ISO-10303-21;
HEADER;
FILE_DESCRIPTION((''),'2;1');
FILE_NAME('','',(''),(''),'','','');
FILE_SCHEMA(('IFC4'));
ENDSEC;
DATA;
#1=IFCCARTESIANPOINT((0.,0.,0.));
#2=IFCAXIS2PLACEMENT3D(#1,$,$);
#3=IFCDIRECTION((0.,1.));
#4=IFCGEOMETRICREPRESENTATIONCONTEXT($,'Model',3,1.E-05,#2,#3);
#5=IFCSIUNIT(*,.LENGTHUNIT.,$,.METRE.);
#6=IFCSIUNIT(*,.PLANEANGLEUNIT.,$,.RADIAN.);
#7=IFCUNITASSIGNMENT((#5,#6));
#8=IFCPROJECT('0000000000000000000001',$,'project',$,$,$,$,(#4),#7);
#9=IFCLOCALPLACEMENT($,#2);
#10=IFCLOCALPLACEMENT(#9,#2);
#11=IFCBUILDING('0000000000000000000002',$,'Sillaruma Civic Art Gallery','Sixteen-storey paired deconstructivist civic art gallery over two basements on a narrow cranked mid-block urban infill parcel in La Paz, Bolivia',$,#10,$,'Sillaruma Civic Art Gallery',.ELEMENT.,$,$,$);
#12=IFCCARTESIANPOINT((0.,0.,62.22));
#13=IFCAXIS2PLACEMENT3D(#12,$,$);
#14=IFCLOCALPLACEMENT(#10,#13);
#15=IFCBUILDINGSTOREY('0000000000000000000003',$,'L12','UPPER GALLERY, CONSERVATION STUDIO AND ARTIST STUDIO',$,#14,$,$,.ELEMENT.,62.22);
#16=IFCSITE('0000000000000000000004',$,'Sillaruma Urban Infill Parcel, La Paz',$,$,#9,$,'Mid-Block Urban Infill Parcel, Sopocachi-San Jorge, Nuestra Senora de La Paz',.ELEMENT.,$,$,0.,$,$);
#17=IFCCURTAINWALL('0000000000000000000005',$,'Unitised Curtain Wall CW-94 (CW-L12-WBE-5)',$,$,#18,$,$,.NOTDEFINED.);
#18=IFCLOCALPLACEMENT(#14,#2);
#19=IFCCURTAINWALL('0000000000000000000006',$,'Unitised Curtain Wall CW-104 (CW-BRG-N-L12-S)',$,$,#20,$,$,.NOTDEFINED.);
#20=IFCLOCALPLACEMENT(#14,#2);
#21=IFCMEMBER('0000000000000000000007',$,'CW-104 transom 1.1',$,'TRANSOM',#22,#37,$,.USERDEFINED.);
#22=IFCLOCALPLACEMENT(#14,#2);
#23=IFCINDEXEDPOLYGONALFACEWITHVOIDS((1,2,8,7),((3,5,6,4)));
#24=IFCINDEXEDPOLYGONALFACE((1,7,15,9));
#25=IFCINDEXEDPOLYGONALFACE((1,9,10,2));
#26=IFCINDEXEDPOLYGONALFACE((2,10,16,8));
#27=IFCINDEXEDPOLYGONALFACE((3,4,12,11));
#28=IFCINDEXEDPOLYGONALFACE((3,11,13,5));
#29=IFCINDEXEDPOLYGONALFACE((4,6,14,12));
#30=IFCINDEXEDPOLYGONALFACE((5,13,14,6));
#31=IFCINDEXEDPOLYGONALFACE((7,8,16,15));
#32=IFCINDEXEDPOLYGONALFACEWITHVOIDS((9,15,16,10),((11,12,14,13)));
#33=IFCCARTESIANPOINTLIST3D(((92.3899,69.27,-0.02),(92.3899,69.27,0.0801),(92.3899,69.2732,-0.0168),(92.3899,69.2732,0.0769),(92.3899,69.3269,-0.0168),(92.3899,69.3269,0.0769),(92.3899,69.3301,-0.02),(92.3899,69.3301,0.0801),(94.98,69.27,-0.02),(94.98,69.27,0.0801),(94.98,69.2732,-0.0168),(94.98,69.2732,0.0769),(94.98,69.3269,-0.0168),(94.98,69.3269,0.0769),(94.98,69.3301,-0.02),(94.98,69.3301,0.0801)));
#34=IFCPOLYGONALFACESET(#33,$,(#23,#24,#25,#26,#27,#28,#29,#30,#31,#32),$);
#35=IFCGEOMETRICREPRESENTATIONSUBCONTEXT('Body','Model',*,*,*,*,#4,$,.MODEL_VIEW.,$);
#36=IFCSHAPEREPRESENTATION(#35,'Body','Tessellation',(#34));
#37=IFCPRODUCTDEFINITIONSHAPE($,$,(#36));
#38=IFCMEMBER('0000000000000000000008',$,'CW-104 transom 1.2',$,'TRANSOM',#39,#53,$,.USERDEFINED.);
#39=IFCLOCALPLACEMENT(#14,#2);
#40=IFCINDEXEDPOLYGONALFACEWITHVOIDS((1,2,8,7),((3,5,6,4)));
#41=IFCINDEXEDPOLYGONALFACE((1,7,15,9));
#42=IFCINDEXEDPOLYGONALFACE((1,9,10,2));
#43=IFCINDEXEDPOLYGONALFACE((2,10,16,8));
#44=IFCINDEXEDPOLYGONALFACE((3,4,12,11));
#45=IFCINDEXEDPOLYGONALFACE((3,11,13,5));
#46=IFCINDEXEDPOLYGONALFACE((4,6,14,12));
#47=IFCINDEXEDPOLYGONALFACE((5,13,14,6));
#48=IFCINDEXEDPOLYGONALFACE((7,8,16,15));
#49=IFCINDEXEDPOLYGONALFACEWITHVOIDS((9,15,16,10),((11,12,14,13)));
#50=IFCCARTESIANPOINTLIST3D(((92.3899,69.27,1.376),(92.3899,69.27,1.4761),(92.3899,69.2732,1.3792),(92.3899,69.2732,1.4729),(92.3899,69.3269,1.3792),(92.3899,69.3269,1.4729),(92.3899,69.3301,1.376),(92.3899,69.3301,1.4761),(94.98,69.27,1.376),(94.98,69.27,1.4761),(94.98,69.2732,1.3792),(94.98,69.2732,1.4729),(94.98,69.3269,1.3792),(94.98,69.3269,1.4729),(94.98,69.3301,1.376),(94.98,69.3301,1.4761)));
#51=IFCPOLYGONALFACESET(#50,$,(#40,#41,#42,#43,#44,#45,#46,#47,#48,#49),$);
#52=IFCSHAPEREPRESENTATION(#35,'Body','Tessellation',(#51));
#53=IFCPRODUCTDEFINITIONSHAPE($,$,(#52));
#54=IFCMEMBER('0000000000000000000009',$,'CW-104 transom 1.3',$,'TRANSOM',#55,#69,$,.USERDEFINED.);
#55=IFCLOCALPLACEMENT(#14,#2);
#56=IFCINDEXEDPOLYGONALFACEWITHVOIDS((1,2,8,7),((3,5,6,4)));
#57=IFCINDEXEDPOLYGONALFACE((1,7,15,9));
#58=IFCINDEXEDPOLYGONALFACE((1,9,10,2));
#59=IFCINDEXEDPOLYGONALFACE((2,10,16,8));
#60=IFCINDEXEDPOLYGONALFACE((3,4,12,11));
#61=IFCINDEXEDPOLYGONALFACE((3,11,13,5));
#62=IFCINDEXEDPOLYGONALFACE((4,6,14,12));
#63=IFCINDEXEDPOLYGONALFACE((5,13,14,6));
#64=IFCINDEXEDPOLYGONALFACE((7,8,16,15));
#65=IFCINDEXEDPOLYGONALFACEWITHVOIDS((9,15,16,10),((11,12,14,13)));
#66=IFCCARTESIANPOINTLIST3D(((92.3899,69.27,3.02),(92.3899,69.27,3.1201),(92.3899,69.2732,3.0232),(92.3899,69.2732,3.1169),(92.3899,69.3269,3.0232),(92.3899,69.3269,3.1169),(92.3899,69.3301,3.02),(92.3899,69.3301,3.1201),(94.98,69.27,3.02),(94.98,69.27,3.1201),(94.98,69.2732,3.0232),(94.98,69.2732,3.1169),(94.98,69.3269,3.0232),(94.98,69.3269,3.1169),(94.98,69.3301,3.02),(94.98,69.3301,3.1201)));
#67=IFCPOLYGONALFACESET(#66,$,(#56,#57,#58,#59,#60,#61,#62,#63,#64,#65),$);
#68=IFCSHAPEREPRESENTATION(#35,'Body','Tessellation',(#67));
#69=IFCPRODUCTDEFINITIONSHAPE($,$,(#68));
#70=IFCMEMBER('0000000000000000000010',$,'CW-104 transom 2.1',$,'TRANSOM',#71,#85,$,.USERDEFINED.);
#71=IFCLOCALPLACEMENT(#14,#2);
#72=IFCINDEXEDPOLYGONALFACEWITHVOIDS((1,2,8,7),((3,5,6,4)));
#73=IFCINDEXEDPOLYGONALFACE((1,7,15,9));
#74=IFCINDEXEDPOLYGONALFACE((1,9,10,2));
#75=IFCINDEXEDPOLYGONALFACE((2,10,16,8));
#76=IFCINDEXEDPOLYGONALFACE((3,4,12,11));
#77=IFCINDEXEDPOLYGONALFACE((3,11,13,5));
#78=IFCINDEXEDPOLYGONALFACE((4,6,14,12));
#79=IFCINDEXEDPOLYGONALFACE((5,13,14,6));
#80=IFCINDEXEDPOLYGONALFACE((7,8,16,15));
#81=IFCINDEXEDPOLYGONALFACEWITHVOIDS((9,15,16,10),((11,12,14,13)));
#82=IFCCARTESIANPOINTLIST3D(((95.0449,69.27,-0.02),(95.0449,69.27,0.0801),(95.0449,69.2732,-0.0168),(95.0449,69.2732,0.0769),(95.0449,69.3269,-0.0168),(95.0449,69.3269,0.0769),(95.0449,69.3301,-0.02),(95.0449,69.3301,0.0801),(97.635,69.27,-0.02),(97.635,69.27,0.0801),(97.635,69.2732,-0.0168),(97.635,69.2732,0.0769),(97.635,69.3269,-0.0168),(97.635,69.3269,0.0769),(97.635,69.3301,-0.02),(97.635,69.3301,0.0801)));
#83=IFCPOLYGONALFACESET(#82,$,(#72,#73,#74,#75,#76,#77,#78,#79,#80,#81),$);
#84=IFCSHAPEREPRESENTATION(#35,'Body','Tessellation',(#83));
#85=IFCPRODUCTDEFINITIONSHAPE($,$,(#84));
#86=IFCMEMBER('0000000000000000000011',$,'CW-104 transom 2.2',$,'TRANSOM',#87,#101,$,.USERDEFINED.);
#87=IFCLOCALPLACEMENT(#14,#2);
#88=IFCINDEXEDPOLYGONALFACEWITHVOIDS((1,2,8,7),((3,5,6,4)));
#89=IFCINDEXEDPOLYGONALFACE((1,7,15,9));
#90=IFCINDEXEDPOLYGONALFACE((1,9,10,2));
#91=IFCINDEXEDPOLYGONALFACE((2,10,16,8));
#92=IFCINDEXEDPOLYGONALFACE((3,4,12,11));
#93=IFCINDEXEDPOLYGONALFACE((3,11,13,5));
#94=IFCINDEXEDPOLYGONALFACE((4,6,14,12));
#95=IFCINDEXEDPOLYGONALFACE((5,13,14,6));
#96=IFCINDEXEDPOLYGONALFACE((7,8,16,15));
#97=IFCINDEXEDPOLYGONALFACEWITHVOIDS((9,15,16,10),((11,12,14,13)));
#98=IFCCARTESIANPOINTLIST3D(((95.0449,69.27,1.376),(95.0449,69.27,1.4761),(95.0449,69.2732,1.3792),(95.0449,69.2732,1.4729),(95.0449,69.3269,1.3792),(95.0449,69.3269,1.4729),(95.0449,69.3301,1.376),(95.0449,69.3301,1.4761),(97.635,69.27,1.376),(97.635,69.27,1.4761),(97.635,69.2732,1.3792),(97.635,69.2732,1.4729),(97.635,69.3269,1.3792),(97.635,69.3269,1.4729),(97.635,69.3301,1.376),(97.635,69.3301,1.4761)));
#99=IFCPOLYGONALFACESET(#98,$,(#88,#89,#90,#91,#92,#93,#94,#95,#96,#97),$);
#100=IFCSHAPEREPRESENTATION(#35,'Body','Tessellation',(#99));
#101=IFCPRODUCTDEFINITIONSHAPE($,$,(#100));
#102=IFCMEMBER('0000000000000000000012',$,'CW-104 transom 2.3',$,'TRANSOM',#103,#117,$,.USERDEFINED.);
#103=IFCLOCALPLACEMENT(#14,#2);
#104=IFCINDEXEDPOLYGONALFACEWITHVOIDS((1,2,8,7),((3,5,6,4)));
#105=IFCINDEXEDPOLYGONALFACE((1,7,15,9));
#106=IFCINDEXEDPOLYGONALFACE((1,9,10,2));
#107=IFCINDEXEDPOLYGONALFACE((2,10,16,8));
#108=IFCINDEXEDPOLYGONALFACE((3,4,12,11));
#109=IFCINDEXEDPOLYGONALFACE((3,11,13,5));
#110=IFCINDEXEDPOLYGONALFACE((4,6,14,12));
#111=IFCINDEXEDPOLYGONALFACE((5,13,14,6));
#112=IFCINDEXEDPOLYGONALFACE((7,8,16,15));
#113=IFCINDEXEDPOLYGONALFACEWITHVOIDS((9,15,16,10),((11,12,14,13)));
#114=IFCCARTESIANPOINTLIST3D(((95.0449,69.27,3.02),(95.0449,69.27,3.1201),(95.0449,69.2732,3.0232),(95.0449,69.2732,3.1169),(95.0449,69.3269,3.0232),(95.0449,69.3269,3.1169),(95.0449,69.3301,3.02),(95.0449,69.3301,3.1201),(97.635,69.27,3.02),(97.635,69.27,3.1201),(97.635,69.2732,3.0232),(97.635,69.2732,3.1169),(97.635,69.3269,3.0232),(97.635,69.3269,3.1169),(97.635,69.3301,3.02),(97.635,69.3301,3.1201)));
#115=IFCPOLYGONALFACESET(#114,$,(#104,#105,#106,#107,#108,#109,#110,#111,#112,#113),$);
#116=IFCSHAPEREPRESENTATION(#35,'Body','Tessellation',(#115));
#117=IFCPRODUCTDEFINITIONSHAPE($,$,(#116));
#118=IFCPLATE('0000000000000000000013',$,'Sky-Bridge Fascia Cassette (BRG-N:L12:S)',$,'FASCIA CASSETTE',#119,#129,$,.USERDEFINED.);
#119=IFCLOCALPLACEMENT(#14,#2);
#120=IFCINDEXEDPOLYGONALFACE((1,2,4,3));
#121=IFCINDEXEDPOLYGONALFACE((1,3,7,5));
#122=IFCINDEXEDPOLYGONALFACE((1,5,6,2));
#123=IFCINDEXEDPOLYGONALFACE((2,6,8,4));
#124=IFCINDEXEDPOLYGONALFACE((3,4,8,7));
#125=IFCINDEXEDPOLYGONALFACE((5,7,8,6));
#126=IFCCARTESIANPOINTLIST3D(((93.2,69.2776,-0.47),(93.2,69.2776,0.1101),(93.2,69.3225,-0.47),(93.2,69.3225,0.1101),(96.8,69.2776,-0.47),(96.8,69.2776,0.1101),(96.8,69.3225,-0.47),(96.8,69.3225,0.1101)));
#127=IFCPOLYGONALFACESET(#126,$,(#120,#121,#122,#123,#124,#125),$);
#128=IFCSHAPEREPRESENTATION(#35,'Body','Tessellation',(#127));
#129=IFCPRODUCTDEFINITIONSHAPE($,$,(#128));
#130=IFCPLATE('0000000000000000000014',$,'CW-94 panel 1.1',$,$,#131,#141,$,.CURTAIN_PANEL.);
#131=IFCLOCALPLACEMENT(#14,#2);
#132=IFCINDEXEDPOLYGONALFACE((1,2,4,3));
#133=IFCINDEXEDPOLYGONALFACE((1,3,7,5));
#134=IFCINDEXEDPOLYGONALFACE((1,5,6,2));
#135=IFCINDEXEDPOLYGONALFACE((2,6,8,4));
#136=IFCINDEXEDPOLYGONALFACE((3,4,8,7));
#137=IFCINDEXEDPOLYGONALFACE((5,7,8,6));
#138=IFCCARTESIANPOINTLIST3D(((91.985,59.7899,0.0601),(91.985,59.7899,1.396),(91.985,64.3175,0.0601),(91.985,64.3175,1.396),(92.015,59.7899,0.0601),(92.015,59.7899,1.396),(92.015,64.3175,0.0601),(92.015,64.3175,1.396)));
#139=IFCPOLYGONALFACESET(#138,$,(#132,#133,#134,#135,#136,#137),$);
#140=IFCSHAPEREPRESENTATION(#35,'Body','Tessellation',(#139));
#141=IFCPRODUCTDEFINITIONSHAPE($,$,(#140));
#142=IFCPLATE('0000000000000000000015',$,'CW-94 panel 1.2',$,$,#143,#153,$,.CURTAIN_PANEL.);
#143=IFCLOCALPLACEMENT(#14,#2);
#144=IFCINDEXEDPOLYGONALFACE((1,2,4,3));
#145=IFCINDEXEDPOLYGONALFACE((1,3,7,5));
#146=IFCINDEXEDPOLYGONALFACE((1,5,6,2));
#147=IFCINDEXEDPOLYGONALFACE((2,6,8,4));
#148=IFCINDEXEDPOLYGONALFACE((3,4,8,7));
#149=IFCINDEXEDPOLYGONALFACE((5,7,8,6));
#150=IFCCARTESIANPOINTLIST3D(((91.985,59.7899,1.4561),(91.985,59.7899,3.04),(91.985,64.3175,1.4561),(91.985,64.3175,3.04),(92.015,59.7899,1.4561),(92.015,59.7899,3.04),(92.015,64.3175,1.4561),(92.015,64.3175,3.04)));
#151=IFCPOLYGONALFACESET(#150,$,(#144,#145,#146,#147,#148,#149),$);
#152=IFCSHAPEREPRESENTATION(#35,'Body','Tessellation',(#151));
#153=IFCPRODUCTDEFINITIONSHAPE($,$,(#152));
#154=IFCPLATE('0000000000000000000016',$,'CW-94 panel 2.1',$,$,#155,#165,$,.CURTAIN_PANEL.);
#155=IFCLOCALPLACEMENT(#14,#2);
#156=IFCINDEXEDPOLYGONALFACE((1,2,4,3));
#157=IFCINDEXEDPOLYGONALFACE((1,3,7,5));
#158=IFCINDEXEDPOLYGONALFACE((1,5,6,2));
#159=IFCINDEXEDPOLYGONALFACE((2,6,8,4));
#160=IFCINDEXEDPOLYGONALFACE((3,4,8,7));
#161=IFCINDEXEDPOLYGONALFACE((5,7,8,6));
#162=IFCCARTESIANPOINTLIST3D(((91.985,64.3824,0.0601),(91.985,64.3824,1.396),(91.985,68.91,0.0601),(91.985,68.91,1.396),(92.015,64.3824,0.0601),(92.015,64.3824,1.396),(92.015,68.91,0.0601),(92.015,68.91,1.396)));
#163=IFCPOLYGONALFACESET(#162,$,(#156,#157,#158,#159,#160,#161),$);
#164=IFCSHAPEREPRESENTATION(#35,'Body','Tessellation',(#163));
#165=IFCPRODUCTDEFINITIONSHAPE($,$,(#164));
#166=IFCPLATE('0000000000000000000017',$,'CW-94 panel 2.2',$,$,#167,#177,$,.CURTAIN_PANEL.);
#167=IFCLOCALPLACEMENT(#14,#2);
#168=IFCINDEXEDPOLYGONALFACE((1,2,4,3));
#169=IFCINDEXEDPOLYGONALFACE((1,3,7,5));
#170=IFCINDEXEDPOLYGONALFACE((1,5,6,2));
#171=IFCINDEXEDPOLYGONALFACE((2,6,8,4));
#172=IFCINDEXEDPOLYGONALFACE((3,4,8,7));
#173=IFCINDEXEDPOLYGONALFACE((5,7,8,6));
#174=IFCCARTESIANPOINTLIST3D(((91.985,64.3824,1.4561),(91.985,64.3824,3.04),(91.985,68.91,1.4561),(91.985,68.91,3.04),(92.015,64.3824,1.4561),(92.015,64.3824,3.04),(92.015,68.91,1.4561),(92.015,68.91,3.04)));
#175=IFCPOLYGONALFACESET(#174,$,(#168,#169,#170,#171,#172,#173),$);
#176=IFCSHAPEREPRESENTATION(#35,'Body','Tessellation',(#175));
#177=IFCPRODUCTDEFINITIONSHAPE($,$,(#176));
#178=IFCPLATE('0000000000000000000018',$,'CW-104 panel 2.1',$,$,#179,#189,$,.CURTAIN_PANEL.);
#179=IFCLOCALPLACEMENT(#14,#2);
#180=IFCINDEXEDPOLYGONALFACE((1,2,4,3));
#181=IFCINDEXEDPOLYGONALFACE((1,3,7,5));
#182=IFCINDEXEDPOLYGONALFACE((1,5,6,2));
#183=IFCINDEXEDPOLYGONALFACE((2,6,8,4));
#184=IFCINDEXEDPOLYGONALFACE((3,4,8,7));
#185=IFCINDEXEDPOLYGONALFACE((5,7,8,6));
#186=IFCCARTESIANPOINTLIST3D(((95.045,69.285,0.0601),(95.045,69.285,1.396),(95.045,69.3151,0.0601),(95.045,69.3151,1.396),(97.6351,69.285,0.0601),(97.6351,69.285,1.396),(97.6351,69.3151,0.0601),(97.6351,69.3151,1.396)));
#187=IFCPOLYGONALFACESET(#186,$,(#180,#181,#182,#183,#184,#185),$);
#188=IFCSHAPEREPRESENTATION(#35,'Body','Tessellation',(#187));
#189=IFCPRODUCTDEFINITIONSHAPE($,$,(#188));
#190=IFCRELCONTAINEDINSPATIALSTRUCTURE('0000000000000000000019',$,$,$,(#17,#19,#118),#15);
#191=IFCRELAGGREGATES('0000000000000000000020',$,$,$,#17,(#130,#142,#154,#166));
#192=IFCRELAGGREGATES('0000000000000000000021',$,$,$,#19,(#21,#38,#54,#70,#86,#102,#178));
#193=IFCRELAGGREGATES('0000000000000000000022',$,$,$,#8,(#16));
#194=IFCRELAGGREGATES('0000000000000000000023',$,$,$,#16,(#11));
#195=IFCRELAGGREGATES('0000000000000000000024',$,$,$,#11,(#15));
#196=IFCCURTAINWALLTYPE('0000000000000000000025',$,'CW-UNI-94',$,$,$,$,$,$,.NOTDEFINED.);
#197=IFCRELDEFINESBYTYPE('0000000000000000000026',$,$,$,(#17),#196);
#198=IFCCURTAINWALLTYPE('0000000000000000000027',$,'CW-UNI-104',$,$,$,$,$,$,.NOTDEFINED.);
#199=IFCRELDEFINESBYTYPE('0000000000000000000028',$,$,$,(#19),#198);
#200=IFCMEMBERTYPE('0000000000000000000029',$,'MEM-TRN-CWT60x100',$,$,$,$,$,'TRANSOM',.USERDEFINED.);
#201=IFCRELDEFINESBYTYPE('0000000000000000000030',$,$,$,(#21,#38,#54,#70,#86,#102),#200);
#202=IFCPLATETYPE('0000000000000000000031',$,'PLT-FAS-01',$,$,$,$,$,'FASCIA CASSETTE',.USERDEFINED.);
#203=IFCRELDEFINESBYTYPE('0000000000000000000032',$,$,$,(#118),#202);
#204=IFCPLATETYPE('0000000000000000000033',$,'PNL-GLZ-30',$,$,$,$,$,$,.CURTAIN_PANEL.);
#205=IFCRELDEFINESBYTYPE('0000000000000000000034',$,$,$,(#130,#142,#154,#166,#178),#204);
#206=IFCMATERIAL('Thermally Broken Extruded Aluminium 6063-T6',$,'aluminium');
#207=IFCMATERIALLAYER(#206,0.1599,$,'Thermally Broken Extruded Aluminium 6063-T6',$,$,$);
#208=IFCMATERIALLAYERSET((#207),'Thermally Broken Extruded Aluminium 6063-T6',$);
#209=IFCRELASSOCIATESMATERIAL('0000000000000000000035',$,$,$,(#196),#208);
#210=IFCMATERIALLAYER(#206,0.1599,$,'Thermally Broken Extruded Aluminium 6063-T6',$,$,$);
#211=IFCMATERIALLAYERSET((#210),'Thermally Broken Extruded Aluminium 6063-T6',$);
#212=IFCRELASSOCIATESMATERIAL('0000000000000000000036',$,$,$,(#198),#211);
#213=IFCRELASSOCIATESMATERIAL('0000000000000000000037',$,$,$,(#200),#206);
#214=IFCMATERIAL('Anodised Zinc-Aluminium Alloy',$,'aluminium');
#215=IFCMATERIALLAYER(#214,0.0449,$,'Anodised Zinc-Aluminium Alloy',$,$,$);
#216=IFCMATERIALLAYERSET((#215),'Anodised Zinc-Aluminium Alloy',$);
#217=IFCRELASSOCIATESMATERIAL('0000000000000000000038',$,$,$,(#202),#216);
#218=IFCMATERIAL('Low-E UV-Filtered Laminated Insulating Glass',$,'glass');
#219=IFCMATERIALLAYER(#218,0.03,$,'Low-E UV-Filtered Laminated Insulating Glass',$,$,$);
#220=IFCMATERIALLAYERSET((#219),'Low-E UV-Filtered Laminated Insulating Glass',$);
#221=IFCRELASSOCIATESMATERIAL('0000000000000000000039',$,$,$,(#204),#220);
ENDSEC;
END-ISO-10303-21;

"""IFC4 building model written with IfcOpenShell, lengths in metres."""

from ifc_helpers import new_model, si_unit, direction, frame, origin, origin_2d, place, context, subcontext, project, spatial, rectangle, hollow_rectangle, extrude, material, layer, layer_set, material_profile, profile_set, type_object, element, aggregate, save


model = new_model("IFC4")

# Units and contexts
model_context = context("Model", 3, precision=1e-05, world=origin(), true_north=direction((0.0, 1.0)))
body_context = subcontext(model_context, "Body", "Model", "MODEL_VIEW")
ifc_project = project(units=[si_unit("LENGTHUNIT", "METRE"), si_unit("PLANEANGLEUNIT", "RADIAN")], contexts=[model_context])

# Site, building, storey
site_placement = place(None, origin())
site = spatial("IfcSite", under=ifc_project, at=site_placement, Name="Sillaruma Urban Infill Parcel, La Paz", LongName="Mid-Block Urban Infill Parcel, Sopocachi-San Jorge, Nuestra Senora de La Paz", CompositionType="ELEMENT", RefElevation=0.0)
building_placement = place(site_placement, origin())
building = spatial("IfcBuilding", under=site, at=building_placement, Name="Sillaruma Civic Art Gallery", Description="Sixteen-storey paired deconstructivist civic art gallery over two basements on a narrow cranked mid-block urban infill parcel in La Paz, Bolivia", LongName="Sillaruma Civic Art Gallery", CompositionType="ELEMENT")
storey_placement = place(building_placement, frame((0.0, 0.0, 62.22)))
storey = spatial("IfcBuildingStorey", under=building, at=storey_placement, Name="L12", Description="UPPER GALLERY, CONSERVATION STUDIO AND ARTIST STUDIO", CompositionType="ELEMENT", Elevation=62.22)

# Shared definitions
ifc_material_1 = material(Name="Thermally Broken Extruded Aluminium 6063-T6", Category="aluminium")

# Curtain walls
ifc_layer_1 = layer(ifc_material_1, 0.1599, Name="Thermally Broken Extruded Aluminium 6063-T6")
ifc_layer_set_1 = layer_set([ifc_layer_1], Name="Thermally Broken Extruded Aluminium 6063-T6")
curtain_wall_type_1 = type_object("IfcCurtainWallType", Name="CW-UNI-94", PredefinedType="NOTDEFINED", material=ifc_layer_set_1)
curtain_wall_1_placement = place(storey_placement, origin())
curtain_wall_1 = element("IfcCurtainWall", 1, at=curtain_wall_1_placement, inside=storey, type_object=curtain_wall_type_1, Name="Unitised Curtain Wall CW-94 (CW-L12-WBE-5)", PredefinedType="NOTDEFINED")
ifc_layer_2 = layer(ifc_material_1, 0.1599, Name="Thermally Broken Extruded Aluminium 6063-T6")
ifc_layer_set_2 = layer_set([ifc_layer_2], Name="Thermally Broken Extruded Aluminium 6063-T6")
curtain_wall_type_2 = type_object("IfcCurtainWallType", Name="CW-UNI-104", PredefinedType="NOTDEFINED", material=ifc_layer_set_2)
curtain_wall_2_placement = place(storey_placement, origin())
curtain_wall_2 = element("IfcCurtainWall", 2, at=curtain_wall_2_placement, inside=storey, type_object=curtain_wall_type_2, Name="Unitised Curtain Wall CW-104 (CW-BRG-N-L12-S)", PredefinedType="NOTDEFINED")

# Members
ifc_material_profile_1 = material_profile(ifc_material_1, hollow_rectangle(XDim=0.0601, YDim=0.1001, WallThickness=0.0032, at=origin_2d()), Name="CWT60x100")
ifc_profile_set_1 = profile_set([ifc_material_profile_1], Name="Thermally Broken Extruded Aluminium 6063-T6")
member_type_1 = type_object("IfcMemberType", Name="MEM-TRN-CWT60x100", ElementType="TRANSOM", PredefinedType="USERDEFINED", material=ifc_profile_set_1)
member_1_placement = place(storey_placement, frame((92.3899, 69.3, 0.03), z_axis=(1.0, 0.0, 0.0), x_axis=(0.0, 1.0, 0.0)))
member_1 = element("IfcMember", 3, at=member_1_placement, type_object=member_type_1, Name="CW-104 transom 1.1", ObjectType="TRANSOM", PredefinedType="USERDEFINED", context=body_context, shape_type="SweptSolid", body=[
    extrude(hollow_rectangle(XDim=0.0601, YDim=0.1001, WallThickness=0.0032, at=origin_2d()), origin(), (0.0, 0.0, 1.0), 2.5901),
])
member_2_placement = place(storey_placement, frame((92.3899, 69.3, 1.426), z_axis=(1.0, 0.0, 0.0), x_axis=(0.0, 1.0, 0.0)))
member_2 = element("IfcMember", 4, at=member_2_placement, type_object=member_type_1, Name="CW-104 transom 1.2", ObjectType="TRANSOM", PredefinedType="USERDEFINED", context=body_context, shape_type="SweptSolid", body=[
    extrude(hollow_rectangle(XDim=0.0601, YDim=0.1001, WallThickness=0.0032, at=origin_2d()), origin(), (0.0, 0.0, 1.0), 2.5901),
])
member_3_placement = place(storey_placement, frame((92.3899, 69.3, 3.0701), z_axis=(1.0, 0.0, 0.0), x_axis=(0.0, 1.0, 0.0)))
member_3 = element("IfcMember", 5, at=member_3_placement, type_object=member_type_1, Name="CW-104 transom 1.3", ObjectType="TRANSOM", PredefinedType="USERDEFINED", context=body_context, shape_type="SweptSolid", body=[
    extrude(hollow_rectangle(XDim=0.0601, YDim=0.1001, WallThickness=0.0032, at=origin_2d()), origin(), (0.0, 0.0, 1.0), 2.5901),
])
member_4_placement = place(storey_placement, frame((95.0449, 69.3, 0.03), z_axis=(1.0, 0.0, 0.0), x_axis=(0.0, 1.0, 0.0)))
member_4 = element("IfcMember", 6, at=member_4_placement, type_object=member_type_1, Name="CW-104 transom 2.1", ObjectType="TRANSOM", PredefinedType="USERDEFINED", context=body_context, shape_type="SweptSolid", body=[
    extrude(hollow_rectangle(XDim=0.0601, YDim=0.1001, WallThickness=0.0032, at=origin_2d()), origin(), (0.0, 0.0, 1.0), 2.5901),
])
member_5_placement = place(storey_placement, frame((95.0449, 69.3, 1.426), z_axis=(1.0, 0.0, 0.0), x_axis=(0.0, 1.0, 0.0)))
member_5 = element("IfcMember", 7, at=member_5_placement, type_object=member_type_1, Name="CW-104 transom 2.2", ObjectType="TRANSOM", PredefinedType="USERDEFINED", context=body_context, shape_type="SweptSolid", body=[
    extrude(hollow_rectangle(XDim=0.0601, YDim=0.1001, WallThickness=0.0032, at=origin_2d()), origin(), (0.0, 0.0, 1.0), 2.5901),
])
member_6_placement = place(storey_placement, frame((95.0449, 69.3, 3.0701), z_axis=(1.0, 0.0, 0.0), x_axis=(0.0, 1.0, 0.0)))
member_6 = element("IfcMember", 8, at=member_6_placement, type_object=member_type_1, Name="CW-104 transom 2.3", ObjectType="TRANSOM", PredefinedType="USERDEFINED", context=body_context, shape_type="SweptSolid", body=[
    extrude(hollow_rectangle(XDim=0.0601, YDim=0.1001, WallThickness=0.0032, at=origin_2d()), origin(), (0.0, 0.0, 1.0), 2.5901),
])

# Plates
ifc_material_2 = material(Name="Anodised Zinc-Aluminium Alloy", Category="aluminium")
ifc_layer_3 = layer(ifc_material_2, 0.0449, Name="Anodised Zinc-Aluminium Alloy")
ifc_layer_set_3 = layer_set([ifc_layer_3], Name="Anodised Zinc-Aluminium Alloy")
plate_type_1 = type_object("IfcPlateType", Name="PLT-FAS-01", ElementType="FASCIA CASSETTE", PredefinedType="USERDEFINED", material=ifc_layer_set_3)
plate_1_placement = place(storey_placement, frame((95.0, 69.3, -0.47), z_axis=(0.0, 0.0, 1.0), x_axis=(1.0, 0.0, 0.0)))
element("IfcPlate", 9, at=plate_1_placement, inside=storey, type_object=plate_type_1, Name="Sky-Bridge Fascia Cassette (BRG-N:L12:S)", ObjectType="FASCIA CASSETTE", PredefinedType="USERDEFINED", context=body_context, shape_type="SweptSolid", body=[
    extrude(rectangle(XDim=3.6001, YDim=0.0449, at=origin_2d()), origin(), (0.0, 0.0, 1.0), 0.5801),
])
ifc_material_3 = material(Name="Low-E UV-Filtered Laminated Insulating Glass", Category="glass")
ifc_layer_4 = layer(ifc_material_3, 0.03, Name="Low-E UV-Filtered Laminated Insulating Glass")
ifc_layer_set_4 = layer_set([ifc_layer_4], Name="Low-E UV-Filtered Laminated Insulating Glass")
plate_type_2 = type_object("IfcPlateType", Name="PNL-GLZ-30", PredefinedType="CURTAIN_PANEL", material=ifc_layer_set_4)
plate_2_placement = place(storey_placement, frame((92.0, 62.0537, 0.0601), z_axis=(0.0, 0.0, 1.0), x_axis=(0.0, 1.0, 0.0)))
plate_2 = element("IfcPlate", 10, at=plate_2_placement, type_object=plate_type_2, Name="CW-94 panel 1.1", PredefinedType="CURTAIN_PANEL", context=body_context, shape_type="SweptSolid", body=[
    extrude(rectangle(XDim=4.5276, YDim=0.03, at=origin_2d()), origin(), (0.0, 0.0, 1.0), 1.3359),
])
plate_3_placement = place(storey_placement, frame((92.0, 62.0537, 1.4561), z_axis=(0.0, 0.0, 1.0), x_axis=(0.0, 1.0, 0.0)))
plate_3 = element("IfcPlate", 11, at=plate_3_placement, type_object=plate_type_2, Name="CW-94 panel 1.2", PredefinedType="CURTAIN_PANEL", context=body_context, shape_type="SweptSolid", body=[
    extrude(rectangle(XDim=4.5276, YDim=0.03, at=origin_2d()), origin(), (0.0, 0.0, 1.0), 1.584),
])
plate_4_placement = place(storey_placement, frame((92.0, 66.6462, 0.0601), z_axis=(0.0, 0.0, 1.0), x_axis=(0.0, 1.0, 0.0)))
plate_4 = element("IfcPlate", 12, at=plate_4_placement, type_object=plate_type_2, Name="CW-94 panel 2.1", PredefinedType="CURTAIN_PANEL", context=body_context, shape_type="SweptSolid", body=[
    extrude(rectangle(XDim=4.5276, YDim=0.03, at=origin_2d()), origin(), (0.0, 0.0, 1.0), 1.3359),
])
plate_5_placement = place(storey_placement, frame((92.0, 66.6462, 1.4561), z_axis=(0.0, 0.0, 1.0), x_axis=(0.0, 1.0, 0.0)))
plate_5 = element("IfcPlate", 13, at=plate_5_placement, type_object=plate_type_2, Name="CW-94 panel 2.2", PredefinedType="CURTAIN_PANEL", context=body_context, shape_type="SweptSolid", body=[
    extrude(rectangle(XDim=4.5276, YDim=0.03, at=origin_2d()), origin(), (0.0, 0.0, 1.0), 1.584),
])
aggregate(curtain_wall_1, [plate_2, plate_3, plate_4, plate_5])
plate_6_placement = place(storey_placement, frame((96.3401, 69.3, 0.0601), z_axis=(0.0, 0.0, 1.0), x_axis=(1.0, 0.0, 0.0)))
plate_6 = element("IfcPlate", 14, at=plate_6_placement, type_object=plate_type_2, Name="CW-104 panel 2.1", PredefinedType="CURTAIN_PANEL", context=body_context, shape_type="SweptSolid", body=[
    extrude(rectangle(XDim=2.5901, YDim=0.03, at=origin_2d()), origin(), (0.0, 0.0, 1.0), 1.3359),
])
aggregate(curtain_wall_2, [member_1, member_2, member_3, member_4, member_5, member_6, plate_6])

save(model, "model.ifc")
